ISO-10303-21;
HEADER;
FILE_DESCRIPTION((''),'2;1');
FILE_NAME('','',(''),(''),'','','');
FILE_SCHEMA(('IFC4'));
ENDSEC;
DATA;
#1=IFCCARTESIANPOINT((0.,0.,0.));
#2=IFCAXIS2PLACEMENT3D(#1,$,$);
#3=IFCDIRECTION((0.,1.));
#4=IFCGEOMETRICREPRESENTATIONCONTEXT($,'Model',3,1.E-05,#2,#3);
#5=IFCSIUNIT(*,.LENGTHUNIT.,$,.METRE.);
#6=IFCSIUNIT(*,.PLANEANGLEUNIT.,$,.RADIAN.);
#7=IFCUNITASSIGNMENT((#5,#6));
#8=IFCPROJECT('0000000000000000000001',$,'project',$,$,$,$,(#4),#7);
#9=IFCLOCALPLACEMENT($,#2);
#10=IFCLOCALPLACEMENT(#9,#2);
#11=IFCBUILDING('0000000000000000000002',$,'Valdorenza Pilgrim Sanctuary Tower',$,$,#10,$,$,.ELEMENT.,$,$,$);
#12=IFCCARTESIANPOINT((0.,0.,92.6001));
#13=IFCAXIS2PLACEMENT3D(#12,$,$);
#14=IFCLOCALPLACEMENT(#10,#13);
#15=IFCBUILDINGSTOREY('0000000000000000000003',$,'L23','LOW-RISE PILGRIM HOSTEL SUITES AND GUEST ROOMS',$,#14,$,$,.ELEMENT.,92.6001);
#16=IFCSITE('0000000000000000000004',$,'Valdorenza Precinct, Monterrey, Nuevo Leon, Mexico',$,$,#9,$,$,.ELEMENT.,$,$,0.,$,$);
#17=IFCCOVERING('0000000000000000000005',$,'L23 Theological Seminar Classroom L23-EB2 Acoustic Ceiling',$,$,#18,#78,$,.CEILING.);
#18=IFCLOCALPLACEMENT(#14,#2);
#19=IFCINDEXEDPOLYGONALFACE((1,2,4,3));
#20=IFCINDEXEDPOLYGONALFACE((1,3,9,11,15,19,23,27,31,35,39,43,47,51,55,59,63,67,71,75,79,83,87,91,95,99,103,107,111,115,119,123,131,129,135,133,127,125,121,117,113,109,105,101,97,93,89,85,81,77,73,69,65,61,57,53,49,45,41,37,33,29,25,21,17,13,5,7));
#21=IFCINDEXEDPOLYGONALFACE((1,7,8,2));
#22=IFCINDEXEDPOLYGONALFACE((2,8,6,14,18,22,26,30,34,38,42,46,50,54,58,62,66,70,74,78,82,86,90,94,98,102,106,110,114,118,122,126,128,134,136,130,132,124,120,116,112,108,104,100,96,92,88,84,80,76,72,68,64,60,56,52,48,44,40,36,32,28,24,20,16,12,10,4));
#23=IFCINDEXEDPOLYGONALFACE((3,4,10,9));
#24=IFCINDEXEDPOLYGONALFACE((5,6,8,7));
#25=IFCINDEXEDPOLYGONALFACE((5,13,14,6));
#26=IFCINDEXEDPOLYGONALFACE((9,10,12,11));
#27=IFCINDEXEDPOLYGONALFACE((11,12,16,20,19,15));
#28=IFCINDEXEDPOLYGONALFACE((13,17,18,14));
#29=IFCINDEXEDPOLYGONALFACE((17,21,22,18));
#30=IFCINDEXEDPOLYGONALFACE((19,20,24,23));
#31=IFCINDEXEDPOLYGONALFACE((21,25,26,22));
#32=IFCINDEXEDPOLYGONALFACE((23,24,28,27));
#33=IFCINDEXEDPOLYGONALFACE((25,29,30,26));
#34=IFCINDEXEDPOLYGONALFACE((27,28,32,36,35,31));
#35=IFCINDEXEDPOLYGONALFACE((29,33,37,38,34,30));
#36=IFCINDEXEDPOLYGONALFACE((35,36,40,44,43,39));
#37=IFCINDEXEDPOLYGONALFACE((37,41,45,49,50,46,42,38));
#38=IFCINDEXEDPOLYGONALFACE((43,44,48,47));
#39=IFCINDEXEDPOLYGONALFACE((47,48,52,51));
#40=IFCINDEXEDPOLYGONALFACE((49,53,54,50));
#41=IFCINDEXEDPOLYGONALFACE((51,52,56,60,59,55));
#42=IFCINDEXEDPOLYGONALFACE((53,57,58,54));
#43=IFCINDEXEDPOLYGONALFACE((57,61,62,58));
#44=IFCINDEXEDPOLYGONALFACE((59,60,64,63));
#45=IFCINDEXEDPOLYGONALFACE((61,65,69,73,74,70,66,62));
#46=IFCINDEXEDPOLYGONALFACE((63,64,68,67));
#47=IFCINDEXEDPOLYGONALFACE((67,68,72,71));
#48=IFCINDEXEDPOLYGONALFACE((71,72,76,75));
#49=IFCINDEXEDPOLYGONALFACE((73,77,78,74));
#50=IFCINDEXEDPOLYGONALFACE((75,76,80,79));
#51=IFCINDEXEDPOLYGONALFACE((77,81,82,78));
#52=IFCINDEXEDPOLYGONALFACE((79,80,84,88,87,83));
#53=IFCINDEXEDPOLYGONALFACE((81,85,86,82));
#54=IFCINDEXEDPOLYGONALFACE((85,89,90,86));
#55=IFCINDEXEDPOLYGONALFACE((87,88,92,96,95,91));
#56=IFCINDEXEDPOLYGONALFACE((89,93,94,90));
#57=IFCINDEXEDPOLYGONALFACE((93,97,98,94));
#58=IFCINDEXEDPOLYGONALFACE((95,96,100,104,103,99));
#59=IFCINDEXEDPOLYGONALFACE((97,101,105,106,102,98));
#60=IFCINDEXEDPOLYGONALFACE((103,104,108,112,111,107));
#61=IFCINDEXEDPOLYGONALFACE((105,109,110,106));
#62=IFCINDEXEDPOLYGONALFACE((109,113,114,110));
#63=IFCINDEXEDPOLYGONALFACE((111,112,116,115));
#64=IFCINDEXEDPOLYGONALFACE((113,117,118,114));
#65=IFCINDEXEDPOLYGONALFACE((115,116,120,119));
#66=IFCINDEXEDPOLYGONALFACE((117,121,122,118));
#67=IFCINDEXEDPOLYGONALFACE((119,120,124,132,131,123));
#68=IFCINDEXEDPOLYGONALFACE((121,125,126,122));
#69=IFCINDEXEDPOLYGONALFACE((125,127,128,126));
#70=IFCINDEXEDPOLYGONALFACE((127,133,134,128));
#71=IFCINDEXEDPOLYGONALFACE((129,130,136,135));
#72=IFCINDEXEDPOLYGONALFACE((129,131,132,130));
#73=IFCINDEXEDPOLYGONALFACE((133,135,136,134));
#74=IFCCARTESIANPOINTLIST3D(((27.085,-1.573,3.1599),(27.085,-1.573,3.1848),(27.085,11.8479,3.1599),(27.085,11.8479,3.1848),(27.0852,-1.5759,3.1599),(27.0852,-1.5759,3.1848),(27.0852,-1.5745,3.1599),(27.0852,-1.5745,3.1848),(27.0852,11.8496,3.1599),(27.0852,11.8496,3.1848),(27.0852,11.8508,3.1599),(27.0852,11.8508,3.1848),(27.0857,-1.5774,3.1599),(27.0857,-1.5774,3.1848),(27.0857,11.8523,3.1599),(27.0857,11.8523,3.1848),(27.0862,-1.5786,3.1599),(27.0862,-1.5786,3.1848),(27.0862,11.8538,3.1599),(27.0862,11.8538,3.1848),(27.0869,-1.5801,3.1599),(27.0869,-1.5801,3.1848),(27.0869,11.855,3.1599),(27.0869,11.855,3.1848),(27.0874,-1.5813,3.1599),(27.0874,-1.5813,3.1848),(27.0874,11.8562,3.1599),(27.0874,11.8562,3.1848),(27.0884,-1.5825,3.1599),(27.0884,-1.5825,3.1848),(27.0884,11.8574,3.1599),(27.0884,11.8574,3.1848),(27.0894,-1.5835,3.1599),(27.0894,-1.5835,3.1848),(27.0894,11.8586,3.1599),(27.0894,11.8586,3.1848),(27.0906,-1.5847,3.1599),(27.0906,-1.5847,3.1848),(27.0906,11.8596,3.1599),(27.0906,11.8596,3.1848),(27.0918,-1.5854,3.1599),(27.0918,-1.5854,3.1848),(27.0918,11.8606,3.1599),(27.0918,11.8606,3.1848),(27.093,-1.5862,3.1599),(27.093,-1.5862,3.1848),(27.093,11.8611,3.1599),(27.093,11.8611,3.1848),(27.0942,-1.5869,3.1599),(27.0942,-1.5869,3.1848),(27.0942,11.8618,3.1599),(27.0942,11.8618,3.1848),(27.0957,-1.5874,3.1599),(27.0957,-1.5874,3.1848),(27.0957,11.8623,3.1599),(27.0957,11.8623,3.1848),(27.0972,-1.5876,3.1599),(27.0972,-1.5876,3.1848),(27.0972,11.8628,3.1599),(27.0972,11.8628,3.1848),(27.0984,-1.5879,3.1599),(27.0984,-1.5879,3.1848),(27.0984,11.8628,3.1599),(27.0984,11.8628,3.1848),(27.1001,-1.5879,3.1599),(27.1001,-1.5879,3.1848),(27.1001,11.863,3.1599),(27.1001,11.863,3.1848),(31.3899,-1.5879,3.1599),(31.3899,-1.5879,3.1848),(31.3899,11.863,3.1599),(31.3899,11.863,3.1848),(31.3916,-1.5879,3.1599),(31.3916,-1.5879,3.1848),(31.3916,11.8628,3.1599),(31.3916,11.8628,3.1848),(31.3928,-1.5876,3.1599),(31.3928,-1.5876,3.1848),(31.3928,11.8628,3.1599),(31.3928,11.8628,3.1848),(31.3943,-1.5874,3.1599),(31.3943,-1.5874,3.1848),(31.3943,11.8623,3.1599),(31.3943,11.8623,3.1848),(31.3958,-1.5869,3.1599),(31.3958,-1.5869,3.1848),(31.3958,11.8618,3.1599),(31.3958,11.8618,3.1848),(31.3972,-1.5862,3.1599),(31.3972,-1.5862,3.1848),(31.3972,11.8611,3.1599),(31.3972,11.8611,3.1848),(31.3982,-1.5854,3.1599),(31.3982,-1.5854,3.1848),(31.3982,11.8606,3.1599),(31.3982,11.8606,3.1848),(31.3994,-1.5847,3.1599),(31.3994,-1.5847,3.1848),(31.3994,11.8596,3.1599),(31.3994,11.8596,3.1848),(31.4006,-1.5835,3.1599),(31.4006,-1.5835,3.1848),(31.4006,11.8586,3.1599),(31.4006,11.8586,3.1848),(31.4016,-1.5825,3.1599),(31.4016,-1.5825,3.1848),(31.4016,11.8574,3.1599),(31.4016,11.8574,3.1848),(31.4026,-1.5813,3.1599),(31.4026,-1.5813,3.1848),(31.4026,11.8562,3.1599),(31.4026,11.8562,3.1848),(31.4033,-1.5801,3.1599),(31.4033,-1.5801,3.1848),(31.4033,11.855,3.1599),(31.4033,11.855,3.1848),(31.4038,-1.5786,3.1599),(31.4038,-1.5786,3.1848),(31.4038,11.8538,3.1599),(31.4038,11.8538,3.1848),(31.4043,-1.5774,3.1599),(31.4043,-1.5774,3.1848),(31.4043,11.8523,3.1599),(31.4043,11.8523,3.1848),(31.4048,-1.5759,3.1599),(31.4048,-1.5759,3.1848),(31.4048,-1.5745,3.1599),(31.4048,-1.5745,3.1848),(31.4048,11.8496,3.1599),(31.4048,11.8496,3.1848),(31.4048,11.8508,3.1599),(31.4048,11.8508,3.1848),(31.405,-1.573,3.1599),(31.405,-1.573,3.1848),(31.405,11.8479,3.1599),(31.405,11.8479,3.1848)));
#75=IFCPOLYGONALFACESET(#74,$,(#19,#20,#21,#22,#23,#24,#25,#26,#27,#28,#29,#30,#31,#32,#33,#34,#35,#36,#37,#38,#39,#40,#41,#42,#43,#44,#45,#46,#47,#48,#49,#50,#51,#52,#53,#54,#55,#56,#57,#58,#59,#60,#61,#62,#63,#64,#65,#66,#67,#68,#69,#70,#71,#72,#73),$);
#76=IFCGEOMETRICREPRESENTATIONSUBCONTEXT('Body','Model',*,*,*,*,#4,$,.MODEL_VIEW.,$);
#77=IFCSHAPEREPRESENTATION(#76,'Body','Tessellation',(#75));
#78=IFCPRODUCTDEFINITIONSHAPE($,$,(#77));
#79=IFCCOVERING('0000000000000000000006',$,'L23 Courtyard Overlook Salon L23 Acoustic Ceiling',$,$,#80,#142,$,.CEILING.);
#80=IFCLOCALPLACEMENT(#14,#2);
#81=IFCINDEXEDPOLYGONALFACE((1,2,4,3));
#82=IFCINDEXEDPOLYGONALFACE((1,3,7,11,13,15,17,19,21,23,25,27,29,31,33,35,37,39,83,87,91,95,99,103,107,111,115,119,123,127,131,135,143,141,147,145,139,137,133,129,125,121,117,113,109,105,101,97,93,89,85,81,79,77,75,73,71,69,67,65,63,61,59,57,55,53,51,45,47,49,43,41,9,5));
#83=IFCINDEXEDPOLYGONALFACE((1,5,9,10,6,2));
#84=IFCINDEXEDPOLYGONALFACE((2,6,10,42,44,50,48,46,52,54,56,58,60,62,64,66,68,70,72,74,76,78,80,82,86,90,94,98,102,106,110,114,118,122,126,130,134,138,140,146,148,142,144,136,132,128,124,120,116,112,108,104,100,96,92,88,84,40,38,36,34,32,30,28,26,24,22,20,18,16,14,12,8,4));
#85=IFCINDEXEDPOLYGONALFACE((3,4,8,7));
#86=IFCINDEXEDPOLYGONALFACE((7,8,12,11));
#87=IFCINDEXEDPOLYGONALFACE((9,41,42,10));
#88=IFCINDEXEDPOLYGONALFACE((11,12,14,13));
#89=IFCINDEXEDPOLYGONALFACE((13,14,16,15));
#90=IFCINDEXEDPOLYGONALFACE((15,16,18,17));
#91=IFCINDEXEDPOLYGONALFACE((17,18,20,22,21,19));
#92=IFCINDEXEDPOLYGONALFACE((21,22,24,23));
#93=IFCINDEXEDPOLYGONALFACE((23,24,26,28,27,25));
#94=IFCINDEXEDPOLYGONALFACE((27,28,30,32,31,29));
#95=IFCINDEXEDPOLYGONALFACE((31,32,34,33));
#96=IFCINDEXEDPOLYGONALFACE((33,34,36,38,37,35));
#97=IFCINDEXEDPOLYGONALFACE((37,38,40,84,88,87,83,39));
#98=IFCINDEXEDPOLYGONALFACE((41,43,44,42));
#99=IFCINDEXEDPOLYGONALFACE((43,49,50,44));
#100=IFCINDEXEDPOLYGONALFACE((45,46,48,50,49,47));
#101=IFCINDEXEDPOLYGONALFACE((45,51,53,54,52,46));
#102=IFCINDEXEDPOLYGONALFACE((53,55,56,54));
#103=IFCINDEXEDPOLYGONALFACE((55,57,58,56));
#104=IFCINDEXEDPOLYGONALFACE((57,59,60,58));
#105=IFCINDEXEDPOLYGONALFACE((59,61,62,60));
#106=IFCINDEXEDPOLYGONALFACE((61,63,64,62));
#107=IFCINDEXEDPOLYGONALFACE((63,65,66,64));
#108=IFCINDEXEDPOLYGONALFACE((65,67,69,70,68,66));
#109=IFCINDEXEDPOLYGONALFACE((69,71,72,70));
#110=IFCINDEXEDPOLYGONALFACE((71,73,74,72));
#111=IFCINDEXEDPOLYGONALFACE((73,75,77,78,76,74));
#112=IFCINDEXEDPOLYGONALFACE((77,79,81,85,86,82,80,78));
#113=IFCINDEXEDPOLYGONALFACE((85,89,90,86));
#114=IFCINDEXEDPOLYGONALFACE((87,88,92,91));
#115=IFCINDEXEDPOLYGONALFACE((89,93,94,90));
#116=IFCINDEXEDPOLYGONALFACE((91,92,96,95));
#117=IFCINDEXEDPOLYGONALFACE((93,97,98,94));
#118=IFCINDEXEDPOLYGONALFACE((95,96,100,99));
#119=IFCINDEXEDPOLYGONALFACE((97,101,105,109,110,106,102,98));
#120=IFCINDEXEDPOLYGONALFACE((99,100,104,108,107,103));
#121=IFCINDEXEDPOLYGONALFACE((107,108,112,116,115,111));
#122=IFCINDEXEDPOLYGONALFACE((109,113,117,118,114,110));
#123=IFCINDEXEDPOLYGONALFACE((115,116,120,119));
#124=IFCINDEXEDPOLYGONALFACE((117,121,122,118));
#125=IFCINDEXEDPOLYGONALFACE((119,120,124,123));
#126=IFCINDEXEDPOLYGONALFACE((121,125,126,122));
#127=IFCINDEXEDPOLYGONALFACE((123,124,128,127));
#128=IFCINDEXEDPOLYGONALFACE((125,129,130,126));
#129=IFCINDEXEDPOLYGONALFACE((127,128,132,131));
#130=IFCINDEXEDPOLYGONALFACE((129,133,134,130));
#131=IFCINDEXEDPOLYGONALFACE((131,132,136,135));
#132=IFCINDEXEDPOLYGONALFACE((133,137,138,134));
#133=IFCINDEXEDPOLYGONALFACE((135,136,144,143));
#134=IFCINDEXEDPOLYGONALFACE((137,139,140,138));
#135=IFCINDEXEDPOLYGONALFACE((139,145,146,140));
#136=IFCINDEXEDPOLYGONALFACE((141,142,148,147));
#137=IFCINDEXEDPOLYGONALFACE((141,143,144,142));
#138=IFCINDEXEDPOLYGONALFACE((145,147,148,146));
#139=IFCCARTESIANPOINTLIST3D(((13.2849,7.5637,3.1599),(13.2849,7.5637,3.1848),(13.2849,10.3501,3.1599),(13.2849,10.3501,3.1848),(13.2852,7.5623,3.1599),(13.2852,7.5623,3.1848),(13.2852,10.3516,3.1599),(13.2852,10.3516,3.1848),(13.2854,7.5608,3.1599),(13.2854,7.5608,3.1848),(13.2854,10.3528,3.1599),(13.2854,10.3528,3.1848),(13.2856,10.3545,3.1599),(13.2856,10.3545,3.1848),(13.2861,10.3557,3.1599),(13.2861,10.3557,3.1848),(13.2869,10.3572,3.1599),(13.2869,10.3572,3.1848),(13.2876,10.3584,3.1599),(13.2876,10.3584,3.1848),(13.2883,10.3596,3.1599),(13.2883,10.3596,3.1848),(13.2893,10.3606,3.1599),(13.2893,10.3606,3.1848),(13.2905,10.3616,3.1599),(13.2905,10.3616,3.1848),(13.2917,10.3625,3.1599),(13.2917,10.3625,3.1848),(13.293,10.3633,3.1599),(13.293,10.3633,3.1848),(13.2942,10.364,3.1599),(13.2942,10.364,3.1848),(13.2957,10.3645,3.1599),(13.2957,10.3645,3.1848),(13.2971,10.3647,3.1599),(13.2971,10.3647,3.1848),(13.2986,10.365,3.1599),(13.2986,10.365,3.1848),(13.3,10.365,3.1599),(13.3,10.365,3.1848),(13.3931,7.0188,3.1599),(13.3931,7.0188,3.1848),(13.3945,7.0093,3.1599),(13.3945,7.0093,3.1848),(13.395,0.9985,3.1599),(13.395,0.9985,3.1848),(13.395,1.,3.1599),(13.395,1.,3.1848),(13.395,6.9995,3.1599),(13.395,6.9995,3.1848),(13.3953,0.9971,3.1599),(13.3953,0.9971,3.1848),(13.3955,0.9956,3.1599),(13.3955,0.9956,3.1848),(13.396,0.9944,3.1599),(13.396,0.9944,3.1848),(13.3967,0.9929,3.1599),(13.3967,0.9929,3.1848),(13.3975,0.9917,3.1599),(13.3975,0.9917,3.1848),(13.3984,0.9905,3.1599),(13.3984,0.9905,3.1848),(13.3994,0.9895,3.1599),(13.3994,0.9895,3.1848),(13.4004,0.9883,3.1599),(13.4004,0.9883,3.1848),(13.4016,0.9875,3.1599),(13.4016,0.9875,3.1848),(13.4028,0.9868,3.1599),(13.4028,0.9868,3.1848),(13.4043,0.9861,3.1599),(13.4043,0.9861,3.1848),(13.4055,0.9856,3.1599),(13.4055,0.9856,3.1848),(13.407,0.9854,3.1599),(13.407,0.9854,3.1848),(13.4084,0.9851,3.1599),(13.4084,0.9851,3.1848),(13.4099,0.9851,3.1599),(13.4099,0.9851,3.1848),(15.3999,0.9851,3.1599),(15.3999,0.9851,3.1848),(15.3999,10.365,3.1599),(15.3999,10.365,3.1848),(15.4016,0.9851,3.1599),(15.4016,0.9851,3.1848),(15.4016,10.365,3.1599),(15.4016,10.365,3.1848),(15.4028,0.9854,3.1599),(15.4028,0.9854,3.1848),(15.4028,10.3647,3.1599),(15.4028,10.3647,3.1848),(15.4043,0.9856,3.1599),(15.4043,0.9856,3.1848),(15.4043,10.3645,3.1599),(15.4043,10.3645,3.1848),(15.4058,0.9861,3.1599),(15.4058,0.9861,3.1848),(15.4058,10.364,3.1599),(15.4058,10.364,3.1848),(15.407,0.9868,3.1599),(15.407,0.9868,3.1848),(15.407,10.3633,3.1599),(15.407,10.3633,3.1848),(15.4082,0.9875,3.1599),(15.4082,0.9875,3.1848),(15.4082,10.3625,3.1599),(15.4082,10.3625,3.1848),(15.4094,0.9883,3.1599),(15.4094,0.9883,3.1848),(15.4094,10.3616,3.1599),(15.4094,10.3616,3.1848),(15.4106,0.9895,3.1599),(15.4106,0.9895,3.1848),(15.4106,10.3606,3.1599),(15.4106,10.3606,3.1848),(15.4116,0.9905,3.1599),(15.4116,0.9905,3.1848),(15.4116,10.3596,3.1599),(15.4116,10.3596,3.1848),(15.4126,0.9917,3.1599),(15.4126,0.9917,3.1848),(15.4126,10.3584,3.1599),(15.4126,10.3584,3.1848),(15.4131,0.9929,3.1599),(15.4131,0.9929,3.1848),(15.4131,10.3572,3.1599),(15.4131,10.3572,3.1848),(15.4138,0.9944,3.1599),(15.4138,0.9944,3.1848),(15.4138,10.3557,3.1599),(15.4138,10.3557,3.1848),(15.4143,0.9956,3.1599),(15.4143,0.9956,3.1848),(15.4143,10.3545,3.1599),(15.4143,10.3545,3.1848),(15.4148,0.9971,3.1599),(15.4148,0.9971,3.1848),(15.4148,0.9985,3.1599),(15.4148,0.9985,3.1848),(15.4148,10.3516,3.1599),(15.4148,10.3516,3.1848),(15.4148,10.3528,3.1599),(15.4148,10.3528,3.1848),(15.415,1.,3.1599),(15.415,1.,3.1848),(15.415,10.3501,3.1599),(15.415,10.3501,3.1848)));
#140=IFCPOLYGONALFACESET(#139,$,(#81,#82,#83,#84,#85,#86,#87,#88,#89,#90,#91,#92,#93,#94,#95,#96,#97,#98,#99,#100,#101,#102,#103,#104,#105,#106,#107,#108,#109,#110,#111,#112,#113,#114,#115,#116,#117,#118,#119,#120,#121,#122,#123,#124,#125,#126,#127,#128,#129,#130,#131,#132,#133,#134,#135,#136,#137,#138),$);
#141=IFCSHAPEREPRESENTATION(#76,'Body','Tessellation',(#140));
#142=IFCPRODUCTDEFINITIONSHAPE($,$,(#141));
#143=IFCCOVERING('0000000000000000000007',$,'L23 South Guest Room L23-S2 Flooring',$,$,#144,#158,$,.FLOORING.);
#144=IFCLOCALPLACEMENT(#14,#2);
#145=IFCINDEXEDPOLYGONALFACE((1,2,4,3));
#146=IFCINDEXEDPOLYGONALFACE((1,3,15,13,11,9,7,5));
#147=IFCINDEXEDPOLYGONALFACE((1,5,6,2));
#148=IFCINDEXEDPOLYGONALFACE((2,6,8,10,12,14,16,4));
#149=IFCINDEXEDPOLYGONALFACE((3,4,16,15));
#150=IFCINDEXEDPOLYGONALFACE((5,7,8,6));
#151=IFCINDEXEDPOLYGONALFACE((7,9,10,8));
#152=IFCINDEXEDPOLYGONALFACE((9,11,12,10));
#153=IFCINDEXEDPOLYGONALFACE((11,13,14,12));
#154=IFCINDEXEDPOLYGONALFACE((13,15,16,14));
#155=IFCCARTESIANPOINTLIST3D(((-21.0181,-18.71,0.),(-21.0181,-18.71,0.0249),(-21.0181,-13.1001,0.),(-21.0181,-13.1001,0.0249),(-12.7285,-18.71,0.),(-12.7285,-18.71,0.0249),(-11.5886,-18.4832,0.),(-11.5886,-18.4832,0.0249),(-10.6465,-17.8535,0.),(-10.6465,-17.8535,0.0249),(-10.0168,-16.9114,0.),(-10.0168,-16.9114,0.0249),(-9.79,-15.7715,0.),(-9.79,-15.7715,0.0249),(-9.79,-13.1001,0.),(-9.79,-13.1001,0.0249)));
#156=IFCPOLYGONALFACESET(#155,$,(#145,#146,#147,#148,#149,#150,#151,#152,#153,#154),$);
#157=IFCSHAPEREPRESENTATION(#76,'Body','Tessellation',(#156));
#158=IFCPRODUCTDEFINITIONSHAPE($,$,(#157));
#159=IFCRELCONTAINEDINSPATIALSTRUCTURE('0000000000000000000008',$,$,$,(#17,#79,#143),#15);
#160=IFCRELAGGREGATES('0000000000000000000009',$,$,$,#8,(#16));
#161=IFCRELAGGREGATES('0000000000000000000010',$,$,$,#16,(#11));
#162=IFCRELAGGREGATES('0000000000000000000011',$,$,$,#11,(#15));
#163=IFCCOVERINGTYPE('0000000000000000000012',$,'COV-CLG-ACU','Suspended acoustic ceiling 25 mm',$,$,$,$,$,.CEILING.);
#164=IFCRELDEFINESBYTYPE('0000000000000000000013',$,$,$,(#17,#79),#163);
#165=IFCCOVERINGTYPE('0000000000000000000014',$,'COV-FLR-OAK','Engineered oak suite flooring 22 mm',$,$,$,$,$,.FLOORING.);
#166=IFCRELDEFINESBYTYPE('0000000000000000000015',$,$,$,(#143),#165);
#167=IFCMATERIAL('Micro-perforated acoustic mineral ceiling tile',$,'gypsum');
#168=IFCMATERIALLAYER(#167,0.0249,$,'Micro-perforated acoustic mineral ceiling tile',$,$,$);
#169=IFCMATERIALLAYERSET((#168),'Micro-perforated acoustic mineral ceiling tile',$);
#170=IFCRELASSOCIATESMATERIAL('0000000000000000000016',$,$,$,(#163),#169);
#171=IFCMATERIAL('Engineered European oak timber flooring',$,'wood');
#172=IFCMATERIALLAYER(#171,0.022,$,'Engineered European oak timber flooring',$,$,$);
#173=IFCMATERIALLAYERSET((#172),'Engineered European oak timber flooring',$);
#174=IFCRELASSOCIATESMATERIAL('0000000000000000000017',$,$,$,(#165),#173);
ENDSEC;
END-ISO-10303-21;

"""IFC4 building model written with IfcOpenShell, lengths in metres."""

from ifc_helpers import new_model, si_unit, direction, frame, origin, place, context, subcontext, project, spatial, polyline, outline, extrude, material, layer, layer_set, type_object, element, save


model = new_model("IFC4")

# Units and contexts
model_context = context("Model", 3, precision=1e-05, world=origin(), true_north=direction((0.0, 1.0)))
body_context = subcontext(model_context, "Body", "Model", "MODEL_VIEW")
ifc_project = project(units=[si_unit("LENGTHUNIT", "METRE"), si_unit("PLANEANGLEUNIT", "RADIAN")], contexts=[model_context])

# Site, building, storey
site_placement = place(None, origin())
site = spatial("IfcSite", under=ifc_project, at=site_placement, Name="Valdorenza Precinct, Monterrey, Nuevo Leon, Mexico", CompositionType="ELEMENT", RefElevation=0.0)
building_placement = place(site_placement, origin())
building = spatial("IfcBuilding", under=site, at=building_placement, Name="Valdorenza Pilgrim Sanctuary Tower", CompositionType="ELEMENT")
storey_placement = place(building_placement, frame((0.0, 0.0, 92.6001)))
storey = spatial("IfcBuildingStorey", under=building, at=storey_placement, Name="L23", Description="LOW-RISE PILGRIM HOSTEL SUITES AND GUEST ROOMS", CompositionType="ELEMENT", Elevation=92.6001)

# Coverings
ifc_material_1 = material(Name="Micro-perforated acoustic mineral ceiling tile", Category="gypsum")
ifc_layer_1 = layer(ifc_material_1, 0.0249, Name="Micro-perforated acoustic mineral ceiling tile")
ifc_layer_set_1 = layer_set([ifc_layer_1], Name="Micro-perforated acoustic mineral ceiling tile")
covering_type_1 = type_object("IfcCoveringType", Name="COV-CLG-ACU", Description="Suspended acoustic ceiling 25 mm", PredefinedType="CEILING", material=ifc_layer_set_1)
covering_1_placement = place(storey_placement, frame((0.0, 0.0, 3.1599)))
element("IfcCovering", 1, at=covering_1_placement, inside=storey, type_object=covering_type_1, Name="L23 Theological Seminar Classroom L23-EB2 Acoustic Ceiling", PredefinedType="CEILING", context=body_context, shape_type="SweptSolid", body=[
    extrude(outline(polyline([(27.085, 11.8479), (27.0852, 11.8496), (27.0852, 11.8508), (27.0857, 11.8523), (27.0862, 11.8538), (27.0869, 11.855), (27.0874, 11.8562), (27.0884, 11.8574), (27.0894, 11.8586), (27.0906, 11.8596), (27.0918, 11.8606), (27.093, 11.8611), (27.0942, 11.8618), (27.0957, 11.8623), (27.0972, 11.8628), (27.0984, 11.8628), (27.1001, 11.863), (31.3899, 11.863), (31.3916, 11.8628), (31.3928, 11.8628), (31.3943, 11.8623), (31.3958, 11.8618), (31.3972, 11.8611), (31.3982, 11.8606), (31.3994, 11.8596), (31.4006, 11.8586), (31.4016, 11.8574), (31.4026, 11.8562), (31.4033, 11.855), (31.4038, 11.8538), (31.4043, 11.8523), (31.4048, 11.8508), (31.4048, 11.8496), (31.405, 11.8479), (31.405, -1.573), (31.4048, -1.5745), (31.4048, -1.5759), (31.4043, -1.5774), (31.4038, -1.5786), (31.4033, -1.5801), (31.4026, -1.5813), (31.4016, -1.5825), (31.4006, -1.5835), (31.3994, -1.5847), (31.3982, -1.5854), (31.3972, -1.5862), (31.3958, -1.5869), (31.3943, -1.5874), (31.3928, -1.5876), (31.3916, -1.5879), (31.3899, -1.5879), (27.1001, -1.5879), (27.0984, -1.5879), (27.0972, -1.5876), (27.0957, -1.5874), (27.0942, -1.5869), (27.093, -1.5862), (27.0918, -1.5854), (27.0906, -1.5847), (27.0894, -1.5835), (27.0884, -1.5825), (27.0874, -1.5813), (27.0869, -1.5801), (27.0862, -1.5786), (27.0857, -1.5774), (27.0852, -1.5759), (27.0852, -1.5745), (27.085, -1.573), (27.085, 11.8479)])), origin(), (0.0, 0.0, 1.0), 0.0249),
])
covering_2_placement = place(storey_placement, frame((0.0, 0.0, 3.1599)))
element("IfcCovering", 2, at=covering_2_placement, inside=storey, type_object=covering_type_1, Name="L23 Courtyard Overlook Salon L23 Acoustic Ceiling", PredefinedType="CEILING", context=body_context, shape_type="SweptSolid", body=[
    extrude(outline(polyline([(15.3999, 10.365), (15.4016, 10.365), (15.4028, 10.3647), (15.4043, 10.3645), (15.4058, 10.364), (15.407, 10.3633), (15.4082, 10.3625), (15.4094, 10.3616), (15.4106, 10.3606), (15.4116, 10.3596), (15.4126, 10.3584), (15.4131, 10.3572), (15.4138, 10.3557), (15.4143, 10.3545), (15.4148, 10.3528), (15.4148, 10.3516), (15.415, 10.3501), (15.415, 1.0), (15.4148, 0.9985), (15.4148, 0.9971), (15.4143, 0.9956), (15.4138, 0.9944), (15.4131, 0.9929), (15.4126, 0.9917), (15.4116, 0.9905), (15.4106, 0.9895), (15.4094, 0.9883), (15.4082, 0.9875), (15.407, 0.9868), (15.4058, 0.9861), (15.4043, 0.9856), (15.4028, 0.9854), (15.4016, 0.9851), (15.3999, 0.9851), (13.4099, 0.9851), (13.4084, 0.9851), (13.407, 0.9854), (13.4055, 0.9856), (13.4043, 0.9861), (13.4028, 0.9868), (13.4016, 0.9875), (13.4004, 0.9883), (13.3994, 0.9895), (13.3984, 0.9905), (13.3975, 0.9917), (13.3967, 0.9929), (13.396, 0.9944), (13.3955, 0.9956), (13.3953, 0.9971), (13.395, 0.9985), (13.395, 1.0), (13.395, 6.9995), (13.3945, 7.0093), (13.3931, 7.0188), (13.2854, 7.5608), (13.2852, 7.5623), (13.2849, 7.5637), (13.2849, 10.3501), (13.2852, 10.3516), (13.2854, 10.3528), (13.2856, 10.3545), (13.2861, 10.3557), (13.2869, 10.3572), (13.2876, 10.3584), (13.2883, 10.3596), (13.2893, 10.3606), (13.2905, 10.3616), (13.2917, 10.3625), (13.293, 10.3633), (13.2942, 10.364), (13.2957, 10.3645), (13.2971, 10.3647), (13.2986, 10.365), (13.3, 10.365), (15.3999, 10.365)])), origin(), (0.0, 0.0, 1.0), 0.0249),
])
ifc_material_2 = material(Name="Engineered European oak timber flooring", Category="wood")
ifc_layer_2 = layer(ifc_material_2, 0.022, Name="Engineered European oak timber flooring")
ifc_layer_set_2 = layer_set([ifc_layer_2], Name="Engineered European oak timber flooring")
covering_type_2 = type_object("IfcCoveringType", Name="COV-FLR-OAK", Description="Engineered oak suite flooring 22 mm", PredefinedType="FLOORING", material=ifc_layer_set_2)
covering_3_placement = place(storey_placement, origin())
element("IfcCovering", 3, at=covering_3_placement, inside=storey, type_object=covering_type_2, Name="L23 South Guest Room L23-S2 Flooring", PredefinedType="FLOORING", context=body_context, shape_type="SweptSolid", body=[
    extrude(outline(polyline([(-9.79, -13.1001), (-9.79, -15.7715), (-10.0168, -16.9114), (-10.6465, -17.8535), (-11.5886, -18.4832), (-12.7285, -18.71), (-21.0181, -18.71), (-21.0181, -13.1001), (-9.79, -13.1001)])), origin(), (0.0, 0.0, 1.0), 0.0249),
])

save(model, "model.ifc")
